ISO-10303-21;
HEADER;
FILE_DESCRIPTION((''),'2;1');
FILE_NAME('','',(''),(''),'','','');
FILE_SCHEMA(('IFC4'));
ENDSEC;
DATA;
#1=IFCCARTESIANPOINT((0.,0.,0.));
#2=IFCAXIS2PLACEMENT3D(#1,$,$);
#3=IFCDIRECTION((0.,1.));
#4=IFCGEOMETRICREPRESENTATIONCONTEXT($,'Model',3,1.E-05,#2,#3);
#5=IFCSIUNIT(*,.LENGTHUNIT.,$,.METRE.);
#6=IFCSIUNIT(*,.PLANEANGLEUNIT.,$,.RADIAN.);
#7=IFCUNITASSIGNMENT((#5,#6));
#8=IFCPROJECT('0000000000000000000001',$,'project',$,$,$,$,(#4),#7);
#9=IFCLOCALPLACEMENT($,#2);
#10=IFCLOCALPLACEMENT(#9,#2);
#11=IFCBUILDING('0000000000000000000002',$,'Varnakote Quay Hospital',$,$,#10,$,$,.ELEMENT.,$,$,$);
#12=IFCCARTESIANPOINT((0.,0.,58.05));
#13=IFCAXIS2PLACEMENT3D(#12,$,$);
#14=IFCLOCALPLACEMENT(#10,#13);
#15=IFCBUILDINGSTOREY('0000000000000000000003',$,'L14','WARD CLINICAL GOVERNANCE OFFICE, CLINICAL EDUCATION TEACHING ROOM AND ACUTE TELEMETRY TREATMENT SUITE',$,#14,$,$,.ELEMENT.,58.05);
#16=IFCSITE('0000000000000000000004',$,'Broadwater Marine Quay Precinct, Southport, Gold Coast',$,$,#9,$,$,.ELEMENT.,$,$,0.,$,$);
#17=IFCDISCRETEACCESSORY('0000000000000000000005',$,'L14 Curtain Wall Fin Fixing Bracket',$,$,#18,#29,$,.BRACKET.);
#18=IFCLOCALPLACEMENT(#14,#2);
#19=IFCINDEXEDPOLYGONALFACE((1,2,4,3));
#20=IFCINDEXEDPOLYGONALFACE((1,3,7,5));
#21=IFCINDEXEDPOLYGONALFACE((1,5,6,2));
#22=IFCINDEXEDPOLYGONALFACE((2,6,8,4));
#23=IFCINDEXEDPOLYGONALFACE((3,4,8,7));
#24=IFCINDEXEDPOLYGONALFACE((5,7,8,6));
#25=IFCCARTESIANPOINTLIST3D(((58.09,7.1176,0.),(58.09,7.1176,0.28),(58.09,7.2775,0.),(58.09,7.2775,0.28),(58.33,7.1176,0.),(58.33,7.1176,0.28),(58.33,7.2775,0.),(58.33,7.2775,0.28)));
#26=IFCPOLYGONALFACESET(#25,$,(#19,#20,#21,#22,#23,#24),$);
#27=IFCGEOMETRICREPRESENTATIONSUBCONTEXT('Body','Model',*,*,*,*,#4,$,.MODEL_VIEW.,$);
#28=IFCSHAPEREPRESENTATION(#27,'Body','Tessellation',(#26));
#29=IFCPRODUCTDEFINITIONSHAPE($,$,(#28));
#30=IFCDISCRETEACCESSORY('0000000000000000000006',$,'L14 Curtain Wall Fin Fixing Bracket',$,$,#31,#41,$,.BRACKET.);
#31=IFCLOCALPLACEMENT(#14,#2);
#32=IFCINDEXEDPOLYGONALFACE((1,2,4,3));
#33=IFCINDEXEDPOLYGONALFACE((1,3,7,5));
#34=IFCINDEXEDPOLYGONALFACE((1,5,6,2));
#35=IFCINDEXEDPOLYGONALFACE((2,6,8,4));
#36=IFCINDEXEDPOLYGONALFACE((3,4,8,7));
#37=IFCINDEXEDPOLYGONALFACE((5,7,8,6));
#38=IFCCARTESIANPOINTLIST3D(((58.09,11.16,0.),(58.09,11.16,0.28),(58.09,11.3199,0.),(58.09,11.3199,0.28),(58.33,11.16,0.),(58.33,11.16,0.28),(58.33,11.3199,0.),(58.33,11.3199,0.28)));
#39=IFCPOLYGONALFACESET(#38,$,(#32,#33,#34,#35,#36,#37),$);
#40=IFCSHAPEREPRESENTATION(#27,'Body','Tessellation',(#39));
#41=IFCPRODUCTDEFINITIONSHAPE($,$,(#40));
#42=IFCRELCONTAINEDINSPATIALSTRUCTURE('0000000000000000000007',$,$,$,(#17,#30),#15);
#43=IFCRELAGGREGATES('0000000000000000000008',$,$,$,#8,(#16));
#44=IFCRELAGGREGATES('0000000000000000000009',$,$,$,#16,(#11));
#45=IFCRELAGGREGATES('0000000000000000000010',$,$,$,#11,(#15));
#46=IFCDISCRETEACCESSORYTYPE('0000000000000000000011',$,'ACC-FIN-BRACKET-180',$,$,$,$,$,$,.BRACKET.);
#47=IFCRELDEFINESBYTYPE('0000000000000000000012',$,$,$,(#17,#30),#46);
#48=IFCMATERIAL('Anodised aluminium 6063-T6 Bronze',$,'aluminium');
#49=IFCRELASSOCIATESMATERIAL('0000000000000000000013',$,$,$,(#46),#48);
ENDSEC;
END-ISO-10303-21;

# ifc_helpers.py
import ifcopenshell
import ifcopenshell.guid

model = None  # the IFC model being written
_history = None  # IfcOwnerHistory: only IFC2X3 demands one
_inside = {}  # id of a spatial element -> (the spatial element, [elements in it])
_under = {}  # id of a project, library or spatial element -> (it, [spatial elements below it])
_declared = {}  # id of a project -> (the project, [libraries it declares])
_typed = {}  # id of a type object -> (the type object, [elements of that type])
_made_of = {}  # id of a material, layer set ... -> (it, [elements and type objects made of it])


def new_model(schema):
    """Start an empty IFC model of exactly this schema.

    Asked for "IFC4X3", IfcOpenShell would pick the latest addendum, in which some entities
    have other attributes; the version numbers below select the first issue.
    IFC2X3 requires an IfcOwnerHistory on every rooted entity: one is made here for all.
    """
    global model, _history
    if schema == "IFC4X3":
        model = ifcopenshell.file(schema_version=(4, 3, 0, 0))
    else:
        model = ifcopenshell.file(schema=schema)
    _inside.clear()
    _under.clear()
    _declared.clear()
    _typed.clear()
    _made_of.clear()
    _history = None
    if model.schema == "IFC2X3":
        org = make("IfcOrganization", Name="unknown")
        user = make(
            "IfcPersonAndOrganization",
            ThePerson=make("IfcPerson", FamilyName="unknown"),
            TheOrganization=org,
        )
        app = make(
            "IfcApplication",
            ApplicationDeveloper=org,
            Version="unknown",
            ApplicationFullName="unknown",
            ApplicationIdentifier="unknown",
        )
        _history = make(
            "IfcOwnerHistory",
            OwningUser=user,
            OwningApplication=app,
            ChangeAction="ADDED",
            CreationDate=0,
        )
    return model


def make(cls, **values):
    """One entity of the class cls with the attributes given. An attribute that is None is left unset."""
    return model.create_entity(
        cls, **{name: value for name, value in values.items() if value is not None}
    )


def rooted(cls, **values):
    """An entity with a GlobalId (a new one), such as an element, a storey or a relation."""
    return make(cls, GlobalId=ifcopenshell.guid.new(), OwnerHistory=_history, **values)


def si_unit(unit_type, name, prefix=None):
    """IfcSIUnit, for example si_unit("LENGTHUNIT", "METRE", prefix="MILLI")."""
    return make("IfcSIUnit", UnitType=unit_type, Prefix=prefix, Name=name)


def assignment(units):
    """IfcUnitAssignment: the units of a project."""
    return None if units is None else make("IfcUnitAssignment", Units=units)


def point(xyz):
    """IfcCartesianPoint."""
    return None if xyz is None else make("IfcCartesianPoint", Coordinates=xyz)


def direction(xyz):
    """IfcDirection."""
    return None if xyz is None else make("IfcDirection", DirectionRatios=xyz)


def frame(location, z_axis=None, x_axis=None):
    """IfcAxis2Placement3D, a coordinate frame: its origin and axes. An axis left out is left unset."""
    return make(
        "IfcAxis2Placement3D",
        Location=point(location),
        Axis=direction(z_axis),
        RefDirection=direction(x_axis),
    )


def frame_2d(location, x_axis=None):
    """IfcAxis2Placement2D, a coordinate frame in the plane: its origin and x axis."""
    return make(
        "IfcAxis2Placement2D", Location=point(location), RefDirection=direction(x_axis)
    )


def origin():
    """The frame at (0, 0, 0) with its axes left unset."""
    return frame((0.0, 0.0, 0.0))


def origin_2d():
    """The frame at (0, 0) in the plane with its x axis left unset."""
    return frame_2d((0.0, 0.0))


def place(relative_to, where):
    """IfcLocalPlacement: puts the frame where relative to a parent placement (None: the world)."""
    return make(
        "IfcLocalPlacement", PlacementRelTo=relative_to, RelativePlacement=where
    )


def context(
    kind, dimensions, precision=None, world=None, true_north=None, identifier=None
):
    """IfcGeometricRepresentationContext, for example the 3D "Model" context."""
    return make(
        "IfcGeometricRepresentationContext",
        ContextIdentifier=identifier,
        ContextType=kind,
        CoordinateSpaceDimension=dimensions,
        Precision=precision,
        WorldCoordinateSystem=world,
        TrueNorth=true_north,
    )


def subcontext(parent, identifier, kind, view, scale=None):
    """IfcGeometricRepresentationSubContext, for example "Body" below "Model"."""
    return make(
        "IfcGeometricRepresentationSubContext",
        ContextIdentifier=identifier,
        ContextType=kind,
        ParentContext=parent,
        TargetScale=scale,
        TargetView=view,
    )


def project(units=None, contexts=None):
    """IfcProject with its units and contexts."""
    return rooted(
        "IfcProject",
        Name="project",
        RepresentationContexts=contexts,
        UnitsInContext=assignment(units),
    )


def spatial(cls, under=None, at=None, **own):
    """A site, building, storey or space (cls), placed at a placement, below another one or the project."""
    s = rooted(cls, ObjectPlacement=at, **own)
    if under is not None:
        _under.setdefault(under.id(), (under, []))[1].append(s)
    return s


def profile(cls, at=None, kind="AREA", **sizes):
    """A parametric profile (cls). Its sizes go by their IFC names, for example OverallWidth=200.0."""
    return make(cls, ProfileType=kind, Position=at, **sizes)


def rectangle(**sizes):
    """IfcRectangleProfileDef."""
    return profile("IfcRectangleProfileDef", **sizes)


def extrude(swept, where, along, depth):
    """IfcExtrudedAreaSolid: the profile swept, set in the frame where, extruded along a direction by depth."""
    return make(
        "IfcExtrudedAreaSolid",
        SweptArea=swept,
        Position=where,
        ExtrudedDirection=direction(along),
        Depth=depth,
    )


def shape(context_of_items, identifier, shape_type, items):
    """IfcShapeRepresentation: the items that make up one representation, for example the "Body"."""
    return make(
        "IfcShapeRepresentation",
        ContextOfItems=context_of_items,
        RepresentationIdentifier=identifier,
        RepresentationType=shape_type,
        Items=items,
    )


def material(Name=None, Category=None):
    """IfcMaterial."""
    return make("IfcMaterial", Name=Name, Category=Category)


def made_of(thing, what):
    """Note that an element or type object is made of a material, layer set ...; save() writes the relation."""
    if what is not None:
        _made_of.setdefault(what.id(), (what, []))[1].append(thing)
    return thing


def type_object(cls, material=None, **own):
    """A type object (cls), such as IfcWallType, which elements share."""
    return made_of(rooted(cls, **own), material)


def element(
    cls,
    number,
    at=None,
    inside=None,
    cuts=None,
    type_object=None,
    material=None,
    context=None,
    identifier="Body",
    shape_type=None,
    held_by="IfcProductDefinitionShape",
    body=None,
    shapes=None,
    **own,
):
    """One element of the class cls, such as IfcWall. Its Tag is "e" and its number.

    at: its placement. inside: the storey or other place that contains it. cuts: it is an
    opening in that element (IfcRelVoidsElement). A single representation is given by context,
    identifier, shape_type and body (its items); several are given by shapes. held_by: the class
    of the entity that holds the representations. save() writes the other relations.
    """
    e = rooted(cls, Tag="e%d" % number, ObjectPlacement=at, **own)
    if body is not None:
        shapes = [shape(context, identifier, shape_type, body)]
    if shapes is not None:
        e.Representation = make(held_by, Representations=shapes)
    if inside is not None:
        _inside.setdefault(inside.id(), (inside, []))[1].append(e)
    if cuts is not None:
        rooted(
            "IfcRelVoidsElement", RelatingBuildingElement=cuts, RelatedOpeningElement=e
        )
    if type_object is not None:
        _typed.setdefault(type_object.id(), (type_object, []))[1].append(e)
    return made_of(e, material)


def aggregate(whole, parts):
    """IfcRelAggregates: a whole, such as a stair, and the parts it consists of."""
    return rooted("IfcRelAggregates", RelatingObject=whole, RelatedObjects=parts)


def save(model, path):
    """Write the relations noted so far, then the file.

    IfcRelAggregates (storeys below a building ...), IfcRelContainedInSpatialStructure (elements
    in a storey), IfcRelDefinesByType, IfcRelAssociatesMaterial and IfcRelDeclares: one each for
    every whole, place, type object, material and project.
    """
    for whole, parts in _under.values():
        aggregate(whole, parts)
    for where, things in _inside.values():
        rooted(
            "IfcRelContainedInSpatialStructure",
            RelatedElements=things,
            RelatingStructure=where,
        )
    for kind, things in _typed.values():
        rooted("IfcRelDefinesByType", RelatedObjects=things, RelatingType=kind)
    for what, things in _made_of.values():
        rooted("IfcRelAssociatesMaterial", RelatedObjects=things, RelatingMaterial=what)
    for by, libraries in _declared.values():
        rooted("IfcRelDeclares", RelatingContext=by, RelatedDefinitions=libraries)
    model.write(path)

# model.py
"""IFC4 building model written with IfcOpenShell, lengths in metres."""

from ifc_helpers import new_model, si_unit, direction, frame, origin, origin_2d, place, context, subcontext, project, spatial, rectangle, extrude, material, type_object, element, save


model = new_model("IFC4")

# Units and contexts
model_context = context("Model", 3, precision=1e-05, world=origin(), true_north=direction((0.0, 1.0)))
body_context = subcontext(model_context, "Body", "Model", "MODEL_VIEW")
ifc_project = project(units=[si_unit("LENGTHUNIT", "METRE"), si_unit("PLANEANGLEUNIT", "RADIAN")], contexts=[model_context])

# Site, building, storey
site_placement = place(None, origin())
site = spatial("IfcSite", under=ifc_project, at=site_placement, Name="Broadwater Marine Quay Precinct, Southport, Gold Coast", CompositionType="ELEMENT", RefElevation=0.0)
building_placement = place(site_placement, origin())
building = spatial("IfcBuilding", under=site, at=building_placement, Name="Varnakote Quay Hospital", CompositionType="ELEMENT")
storey_placement = place(building_placement, frame((0.0, 0.0, 58.05)))
storey = spatial("IfcBuildingStorey", under=building, at=storey_placement, Name="L14", Description="WARD CLINICAL GOVERNANCE OFFICE, CLINICAL EDUCATION TEACHING ROOM AND ACUTE TELEMETRY TREATMENT SUITE", CompositionType="ELEMENT", Elevation=58.05)

# Discrete accessories
ifc_material_1 = material(Name="Anodised aluminium 6063-T6 Bronze", Category="aluminium")
discrete_accessory_type = type_object("IfcDiscreteAccessoryType", Name="ACC-FIN-BRACKET-180", PredefinedType="BRACKET", material=ifc_material_1)
for number, where, z_axis, x_axis, name in (
    (1, (58.21, 7.1975, 0.0), (0.0, 0.0, 1.0), (0.0, 1.0, 0.0), "L14 Curtain Wall Fin Fixing Bracket"),
    (2, (58.21, 11.24, 0.0), (0.0, 0.0, 1.0), (0.0, 1.0, 0.0), "L14 Curtain Wall Fin Fixing Bracket"),
):
    element("IfcDiscreteAccessory", number, at=place(storey_placement, frame(where, z_axis=z_axis, x_axis=x_axis)), inside=storey, type_object=discrete_accessory_type, Name=name, PredefinedType="BRACKET", context=body_context, shape_type="SweptSolid", body=[
        extrude(rectangle(XDim=0.1599, YDim=0.24, at=origin_2d()), origin(), (0.0, 0.0, 1.0), 0.28),
    ])

save(model, "model.ifc")
